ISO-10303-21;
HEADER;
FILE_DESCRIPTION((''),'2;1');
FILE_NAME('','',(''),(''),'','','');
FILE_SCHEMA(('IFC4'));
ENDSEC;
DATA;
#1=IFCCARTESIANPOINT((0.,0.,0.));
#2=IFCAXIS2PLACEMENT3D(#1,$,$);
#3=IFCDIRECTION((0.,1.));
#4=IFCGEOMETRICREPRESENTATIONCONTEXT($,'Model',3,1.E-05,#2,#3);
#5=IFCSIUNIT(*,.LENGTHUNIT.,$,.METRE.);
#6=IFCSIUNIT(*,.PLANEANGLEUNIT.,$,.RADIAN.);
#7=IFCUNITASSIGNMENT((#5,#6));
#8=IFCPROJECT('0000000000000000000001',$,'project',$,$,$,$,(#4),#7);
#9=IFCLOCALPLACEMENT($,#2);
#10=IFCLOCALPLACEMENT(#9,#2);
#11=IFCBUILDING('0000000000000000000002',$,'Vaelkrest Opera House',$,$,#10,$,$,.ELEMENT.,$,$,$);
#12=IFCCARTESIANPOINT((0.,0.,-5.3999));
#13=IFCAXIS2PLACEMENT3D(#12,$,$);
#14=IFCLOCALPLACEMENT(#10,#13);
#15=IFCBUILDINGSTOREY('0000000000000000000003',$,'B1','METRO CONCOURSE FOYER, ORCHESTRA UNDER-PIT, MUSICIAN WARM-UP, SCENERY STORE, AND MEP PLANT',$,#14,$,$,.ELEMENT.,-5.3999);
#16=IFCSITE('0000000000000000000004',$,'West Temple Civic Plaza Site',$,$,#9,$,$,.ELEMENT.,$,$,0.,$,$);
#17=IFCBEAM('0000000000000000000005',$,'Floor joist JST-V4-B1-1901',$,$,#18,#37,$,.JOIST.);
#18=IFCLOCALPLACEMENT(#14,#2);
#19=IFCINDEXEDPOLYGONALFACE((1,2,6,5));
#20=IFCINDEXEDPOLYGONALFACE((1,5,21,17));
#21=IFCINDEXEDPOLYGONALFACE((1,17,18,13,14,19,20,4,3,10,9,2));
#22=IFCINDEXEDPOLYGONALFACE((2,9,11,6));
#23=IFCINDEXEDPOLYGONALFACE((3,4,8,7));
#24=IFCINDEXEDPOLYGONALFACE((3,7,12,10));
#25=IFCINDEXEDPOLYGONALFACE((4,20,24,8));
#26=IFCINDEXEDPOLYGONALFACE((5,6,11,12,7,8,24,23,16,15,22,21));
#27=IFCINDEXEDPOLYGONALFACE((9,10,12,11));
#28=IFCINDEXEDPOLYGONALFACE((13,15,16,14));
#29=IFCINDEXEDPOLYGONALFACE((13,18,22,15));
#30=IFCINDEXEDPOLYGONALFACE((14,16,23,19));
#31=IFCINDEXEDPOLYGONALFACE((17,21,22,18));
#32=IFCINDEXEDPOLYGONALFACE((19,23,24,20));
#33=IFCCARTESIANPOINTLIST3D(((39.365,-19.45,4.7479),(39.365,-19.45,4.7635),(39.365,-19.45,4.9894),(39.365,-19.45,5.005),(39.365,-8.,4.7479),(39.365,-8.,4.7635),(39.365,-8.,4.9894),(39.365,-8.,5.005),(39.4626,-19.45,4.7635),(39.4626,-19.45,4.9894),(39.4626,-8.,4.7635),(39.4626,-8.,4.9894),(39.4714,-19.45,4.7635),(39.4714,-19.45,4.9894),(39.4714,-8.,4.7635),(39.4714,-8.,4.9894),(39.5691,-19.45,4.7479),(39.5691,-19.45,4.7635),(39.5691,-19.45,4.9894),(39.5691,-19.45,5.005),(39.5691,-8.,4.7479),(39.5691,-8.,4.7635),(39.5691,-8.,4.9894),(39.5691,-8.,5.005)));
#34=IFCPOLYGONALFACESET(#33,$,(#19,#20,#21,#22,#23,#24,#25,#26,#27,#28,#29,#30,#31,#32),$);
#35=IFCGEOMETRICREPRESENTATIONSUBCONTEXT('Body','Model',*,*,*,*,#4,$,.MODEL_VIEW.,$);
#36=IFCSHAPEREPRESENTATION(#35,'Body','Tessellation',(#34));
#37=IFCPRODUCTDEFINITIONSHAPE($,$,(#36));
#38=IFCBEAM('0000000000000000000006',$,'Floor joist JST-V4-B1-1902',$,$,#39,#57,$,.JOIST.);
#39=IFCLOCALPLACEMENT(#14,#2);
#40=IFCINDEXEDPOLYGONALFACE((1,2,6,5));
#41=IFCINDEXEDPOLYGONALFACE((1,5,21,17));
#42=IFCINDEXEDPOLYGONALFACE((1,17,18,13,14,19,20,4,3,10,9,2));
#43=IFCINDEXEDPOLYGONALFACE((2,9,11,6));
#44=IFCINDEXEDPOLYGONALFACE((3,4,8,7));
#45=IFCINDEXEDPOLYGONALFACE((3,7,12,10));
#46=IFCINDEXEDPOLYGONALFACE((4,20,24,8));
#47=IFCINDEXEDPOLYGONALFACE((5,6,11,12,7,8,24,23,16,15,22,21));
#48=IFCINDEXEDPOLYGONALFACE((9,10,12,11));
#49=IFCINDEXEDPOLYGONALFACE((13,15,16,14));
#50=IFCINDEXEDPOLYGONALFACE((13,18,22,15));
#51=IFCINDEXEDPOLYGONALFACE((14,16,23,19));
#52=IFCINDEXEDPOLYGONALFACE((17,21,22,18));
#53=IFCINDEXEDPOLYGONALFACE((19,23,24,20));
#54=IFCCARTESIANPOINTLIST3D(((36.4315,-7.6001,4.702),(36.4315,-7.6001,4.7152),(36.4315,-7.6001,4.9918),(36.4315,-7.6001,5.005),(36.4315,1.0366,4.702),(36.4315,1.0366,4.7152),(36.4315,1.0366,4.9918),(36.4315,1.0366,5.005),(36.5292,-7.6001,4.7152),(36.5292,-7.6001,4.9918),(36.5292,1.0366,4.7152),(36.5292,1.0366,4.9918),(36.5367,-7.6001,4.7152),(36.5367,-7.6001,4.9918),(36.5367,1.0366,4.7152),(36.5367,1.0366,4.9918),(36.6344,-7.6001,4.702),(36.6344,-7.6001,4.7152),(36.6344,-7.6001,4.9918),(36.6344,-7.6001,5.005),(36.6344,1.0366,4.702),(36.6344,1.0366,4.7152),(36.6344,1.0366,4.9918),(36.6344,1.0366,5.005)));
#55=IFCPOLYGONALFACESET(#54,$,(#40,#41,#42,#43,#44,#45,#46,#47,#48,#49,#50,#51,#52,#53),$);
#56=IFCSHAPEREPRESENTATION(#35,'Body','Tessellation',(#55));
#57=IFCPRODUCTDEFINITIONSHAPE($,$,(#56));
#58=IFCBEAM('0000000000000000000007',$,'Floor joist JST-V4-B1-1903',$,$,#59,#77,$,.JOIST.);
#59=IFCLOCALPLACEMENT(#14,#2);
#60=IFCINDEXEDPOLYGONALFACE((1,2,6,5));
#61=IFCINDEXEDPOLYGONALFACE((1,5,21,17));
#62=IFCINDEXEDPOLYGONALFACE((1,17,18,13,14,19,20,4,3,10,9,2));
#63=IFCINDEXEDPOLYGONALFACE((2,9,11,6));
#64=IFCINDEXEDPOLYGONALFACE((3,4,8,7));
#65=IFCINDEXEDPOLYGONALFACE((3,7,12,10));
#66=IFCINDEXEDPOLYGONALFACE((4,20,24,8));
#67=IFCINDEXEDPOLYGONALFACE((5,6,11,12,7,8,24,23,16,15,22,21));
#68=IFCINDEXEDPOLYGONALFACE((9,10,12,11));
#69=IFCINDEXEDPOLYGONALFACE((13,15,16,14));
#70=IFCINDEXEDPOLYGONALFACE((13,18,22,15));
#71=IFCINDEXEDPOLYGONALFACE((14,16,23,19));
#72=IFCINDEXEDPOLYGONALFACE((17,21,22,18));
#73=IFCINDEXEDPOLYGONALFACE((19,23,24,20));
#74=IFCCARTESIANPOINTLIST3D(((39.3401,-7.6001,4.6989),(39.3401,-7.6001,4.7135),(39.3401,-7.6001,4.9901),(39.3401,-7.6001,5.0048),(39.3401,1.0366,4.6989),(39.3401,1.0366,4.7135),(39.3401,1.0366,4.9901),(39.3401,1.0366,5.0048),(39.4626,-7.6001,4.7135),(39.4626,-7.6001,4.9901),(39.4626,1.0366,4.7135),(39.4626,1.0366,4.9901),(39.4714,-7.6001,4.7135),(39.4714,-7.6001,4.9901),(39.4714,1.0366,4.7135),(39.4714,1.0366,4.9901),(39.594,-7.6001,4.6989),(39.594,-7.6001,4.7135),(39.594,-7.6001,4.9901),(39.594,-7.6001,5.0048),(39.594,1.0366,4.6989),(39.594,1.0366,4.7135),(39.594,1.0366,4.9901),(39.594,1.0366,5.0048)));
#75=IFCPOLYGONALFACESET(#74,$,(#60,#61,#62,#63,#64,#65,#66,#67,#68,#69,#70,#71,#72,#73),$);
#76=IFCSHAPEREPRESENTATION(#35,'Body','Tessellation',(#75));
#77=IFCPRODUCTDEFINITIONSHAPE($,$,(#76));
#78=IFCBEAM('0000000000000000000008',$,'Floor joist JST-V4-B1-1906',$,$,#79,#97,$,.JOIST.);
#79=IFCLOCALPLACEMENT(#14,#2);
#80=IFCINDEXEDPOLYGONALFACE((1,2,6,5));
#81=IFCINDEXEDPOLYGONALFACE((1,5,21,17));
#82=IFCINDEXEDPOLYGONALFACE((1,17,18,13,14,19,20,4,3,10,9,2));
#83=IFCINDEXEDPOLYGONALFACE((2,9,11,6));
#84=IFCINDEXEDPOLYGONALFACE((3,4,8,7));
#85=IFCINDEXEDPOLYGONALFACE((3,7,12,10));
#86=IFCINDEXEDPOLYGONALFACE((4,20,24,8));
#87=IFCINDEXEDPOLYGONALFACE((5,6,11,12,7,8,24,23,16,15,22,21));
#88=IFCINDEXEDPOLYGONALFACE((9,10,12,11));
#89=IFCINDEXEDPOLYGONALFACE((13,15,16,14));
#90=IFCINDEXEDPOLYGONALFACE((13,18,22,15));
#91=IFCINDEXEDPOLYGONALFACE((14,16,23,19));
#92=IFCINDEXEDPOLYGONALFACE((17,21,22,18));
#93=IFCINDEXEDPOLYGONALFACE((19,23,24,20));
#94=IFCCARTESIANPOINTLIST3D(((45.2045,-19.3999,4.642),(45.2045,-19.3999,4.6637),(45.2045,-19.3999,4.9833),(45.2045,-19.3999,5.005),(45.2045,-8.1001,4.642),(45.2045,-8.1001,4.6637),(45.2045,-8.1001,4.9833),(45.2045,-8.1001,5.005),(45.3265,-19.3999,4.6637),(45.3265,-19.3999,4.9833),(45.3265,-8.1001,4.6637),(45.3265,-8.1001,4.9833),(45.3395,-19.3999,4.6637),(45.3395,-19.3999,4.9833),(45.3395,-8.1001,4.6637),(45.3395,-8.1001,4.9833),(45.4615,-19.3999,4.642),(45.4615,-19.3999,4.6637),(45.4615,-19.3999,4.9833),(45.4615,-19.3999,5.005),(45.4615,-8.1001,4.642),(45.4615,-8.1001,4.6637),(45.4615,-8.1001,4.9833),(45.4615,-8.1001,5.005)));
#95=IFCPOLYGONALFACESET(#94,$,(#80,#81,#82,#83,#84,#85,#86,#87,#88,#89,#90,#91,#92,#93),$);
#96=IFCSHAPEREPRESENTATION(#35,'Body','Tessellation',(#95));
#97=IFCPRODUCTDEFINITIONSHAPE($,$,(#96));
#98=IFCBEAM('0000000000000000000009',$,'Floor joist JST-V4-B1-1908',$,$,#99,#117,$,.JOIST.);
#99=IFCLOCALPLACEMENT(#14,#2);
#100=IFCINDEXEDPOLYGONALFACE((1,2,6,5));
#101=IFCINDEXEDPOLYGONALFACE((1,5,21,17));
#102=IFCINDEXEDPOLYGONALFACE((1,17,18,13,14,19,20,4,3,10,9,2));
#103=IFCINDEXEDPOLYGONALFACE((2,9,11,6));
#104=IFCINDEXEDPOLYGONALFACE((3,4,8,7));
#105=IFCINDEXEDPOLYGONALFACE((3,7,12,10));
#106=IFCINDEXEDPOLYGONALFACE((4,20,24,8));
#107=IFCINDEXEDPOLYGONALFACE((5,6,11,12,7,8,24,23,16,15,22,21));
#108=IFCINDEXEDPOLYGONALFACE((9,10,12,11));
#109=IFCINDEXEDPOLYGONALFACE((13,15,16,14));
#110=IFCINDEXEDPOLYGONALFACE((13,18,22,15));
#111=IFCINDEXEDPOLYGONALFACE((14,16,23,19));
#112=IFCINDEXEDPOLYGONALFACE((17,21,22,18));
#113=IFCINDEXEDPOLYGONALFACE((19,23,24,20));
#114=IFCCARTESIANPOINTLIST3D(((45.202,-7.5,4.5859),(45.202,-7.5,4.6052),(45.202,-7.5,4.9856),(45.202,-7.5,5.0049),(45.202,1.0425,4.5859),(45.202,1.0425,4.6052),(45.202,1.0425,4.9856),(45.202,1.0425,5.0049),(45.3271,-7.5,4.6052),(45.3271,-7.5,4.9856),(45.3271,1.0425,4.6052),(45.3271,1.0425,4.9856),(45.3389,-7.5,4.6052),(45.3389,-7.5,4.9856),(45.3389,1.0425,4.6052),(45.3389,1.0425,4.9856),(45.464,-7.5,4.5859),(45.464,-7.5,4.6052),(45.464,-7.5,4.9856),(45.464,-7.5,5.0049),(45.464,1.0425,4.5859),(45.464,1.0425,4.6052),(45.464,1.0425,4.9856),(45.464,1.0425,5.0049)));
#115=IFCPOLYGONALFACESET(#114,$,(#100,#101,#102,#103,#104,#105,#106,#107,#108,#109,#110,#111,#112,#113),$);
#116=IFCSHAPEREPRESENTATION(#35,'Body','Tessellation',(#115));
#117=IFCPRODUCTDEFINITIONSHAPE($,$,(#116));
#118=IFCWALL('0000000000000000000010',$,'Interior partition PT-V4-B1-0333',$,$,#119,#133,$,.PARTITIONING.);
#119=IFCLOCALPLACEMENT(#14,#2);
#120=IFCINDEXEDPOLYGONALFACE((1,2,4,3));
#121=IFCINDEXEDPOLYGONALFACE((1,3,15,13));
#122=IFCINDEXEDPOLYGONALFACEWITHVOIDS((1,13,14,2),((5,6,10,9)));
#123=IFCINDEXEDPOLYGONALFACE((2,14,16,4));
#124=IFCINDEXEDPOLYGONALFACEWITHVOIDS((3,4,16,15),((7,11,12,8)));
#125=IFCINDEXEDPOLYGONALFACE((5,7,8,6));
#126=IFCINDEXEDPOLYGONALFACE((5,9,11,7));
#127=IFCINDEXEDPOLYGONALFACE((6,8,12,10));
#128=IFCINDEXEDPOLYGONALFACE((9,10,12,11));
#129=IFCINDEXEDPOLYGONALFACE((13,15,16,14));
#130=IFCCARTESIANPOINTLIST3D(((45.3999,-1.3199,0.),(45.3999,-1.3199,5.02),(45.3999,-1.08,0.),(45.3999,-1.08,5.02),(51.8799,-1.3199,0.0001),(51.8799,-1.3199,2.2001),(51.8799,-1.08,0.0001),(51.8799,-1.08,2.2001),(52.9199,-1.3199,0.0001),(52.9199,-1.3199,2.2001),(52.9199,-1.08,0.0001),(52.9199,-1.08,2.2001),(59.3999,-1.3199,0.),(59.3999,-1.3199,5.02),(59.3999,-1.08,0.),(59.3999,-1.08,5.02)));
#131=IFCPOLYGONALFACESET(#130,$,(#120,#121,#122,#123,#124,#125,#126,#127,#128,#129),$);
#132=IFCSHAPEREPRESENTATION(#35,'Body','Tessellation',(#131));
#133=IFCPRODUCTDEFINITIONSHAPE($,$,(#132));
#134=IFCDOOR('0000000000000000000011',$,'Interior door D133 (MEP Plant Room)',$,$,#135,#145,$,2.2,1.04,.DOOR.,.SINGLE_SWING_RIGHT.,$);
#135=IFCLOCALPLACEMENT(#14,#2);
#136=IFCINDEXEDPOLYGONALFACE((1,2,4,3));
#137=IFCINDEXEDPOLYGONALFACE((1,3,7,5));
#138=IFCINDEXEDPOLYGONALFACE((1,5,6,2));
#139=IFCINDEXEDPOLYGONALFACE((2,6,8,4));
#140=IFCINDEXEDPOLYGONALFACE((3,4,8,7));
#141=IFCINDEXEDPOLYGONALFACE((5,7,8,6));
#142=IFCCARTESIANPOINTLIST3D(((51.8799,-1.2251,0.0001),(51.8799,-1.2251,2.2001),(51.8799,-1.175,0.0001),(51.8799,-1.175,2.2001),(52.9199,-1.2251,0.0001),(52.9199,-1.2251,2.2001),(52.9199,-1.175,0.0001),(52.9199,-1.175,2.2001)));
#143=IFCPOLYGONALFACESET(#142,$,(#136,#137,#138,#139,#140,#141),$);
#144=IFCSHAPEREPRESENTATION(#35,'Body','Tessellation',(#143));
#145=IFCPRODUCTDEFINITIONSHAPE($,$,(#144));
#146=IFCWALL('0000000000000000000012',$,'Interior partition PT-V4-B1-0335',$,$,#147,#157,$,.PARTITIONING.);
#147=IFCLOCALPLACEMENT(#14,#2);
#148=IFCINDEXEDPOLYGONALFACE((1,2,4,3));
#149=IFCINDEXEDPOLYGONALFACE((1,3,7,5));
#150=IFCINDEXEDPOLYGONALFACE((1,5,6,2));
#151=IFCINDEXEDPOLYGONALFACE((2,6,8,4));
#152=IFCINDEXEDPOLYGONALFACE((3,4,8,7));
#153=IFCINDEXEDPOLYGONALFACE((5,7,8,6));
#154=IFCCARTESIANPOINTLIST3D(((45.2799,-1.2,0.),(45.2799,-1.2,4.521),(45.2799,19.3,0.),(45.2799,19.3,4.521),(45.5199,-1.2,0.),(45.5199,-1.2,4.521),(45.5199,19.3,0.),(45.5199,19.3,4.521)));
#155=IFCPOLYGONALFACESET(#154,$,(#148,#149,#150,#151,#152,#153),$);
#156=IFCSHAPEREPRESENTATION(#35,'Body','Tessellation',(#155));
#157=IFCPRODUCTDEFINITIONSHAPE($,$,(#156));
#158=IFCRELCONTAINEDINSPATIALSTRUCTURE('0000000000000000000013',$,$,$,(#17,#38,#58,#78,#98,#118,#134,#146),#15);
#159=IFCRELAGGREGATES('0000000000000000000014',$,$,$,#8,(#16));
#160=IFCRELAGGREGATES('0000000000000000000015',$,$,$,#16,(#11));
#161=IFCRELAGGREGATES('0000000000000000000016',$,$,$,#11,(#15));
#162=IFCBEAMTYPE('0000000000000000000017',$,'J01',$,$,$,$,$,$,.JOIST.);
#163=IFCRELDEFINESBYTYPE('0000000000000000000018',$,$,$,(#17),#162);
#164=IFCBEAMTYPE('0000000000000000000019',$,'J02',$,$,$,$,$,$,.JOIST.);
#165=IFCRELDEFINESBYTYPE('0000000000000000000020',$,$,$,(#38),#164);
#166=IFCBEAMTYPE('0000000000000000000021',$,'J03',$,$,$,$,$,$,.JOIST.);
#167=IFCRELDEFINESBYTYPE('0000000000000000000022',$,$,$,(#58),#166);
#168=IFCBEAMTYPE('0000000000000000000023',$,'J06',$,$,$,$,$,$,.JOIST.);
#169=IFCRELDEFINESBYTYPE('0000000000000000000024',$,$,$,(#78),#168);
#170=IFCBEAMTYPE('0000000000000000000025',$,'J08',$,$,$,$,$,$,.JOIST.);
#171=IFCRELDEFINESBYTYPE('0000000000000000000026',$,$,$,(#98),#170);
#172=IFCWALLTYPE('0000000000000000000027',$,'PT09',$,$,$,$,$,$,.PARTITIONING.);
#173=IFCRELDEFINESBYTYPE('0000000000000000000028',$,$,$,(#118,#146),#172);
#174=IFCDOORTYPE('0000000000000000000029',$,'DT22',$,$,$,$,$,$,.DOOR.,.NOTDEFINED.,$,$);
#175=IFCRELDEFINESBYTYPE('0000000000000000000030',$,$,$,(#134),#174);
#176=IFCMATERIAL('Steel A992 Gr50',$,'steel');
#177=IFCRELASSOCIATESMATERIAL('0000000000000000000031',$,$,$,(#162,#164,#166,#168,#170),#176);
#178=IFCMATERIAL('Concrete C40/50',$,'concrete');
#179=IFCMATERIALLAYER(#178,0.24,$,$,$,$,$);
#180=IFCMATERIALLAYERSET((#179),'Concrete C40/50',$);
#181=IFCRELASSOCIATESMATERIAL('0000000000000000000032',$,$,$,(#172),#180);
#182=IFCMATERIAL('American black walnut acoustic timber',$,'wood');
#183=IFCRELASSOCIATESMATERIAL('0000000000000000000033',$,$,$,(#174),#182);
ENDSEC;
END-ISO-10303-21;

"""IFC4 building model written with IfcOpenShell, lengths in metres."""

from ifc_helpers import new_model, si_unit, direction, frame, frame_2d, origin, origin_2d, place, context, subcontext, project, spatial, rectangle, i_section, extrude, material, layer, layer_set, material_profile, profile_set, type_object, element, fill, save


model = new_model("IFC4")

# Units and contexts
model_context = context("Model", 3, precision=1e-05, world=origin(), true_north=direction((0.0, 1.0)))
body_context = subcontext(model_context, "Body", "Model", "MODEL_VIEW")
ifc_project = project(units=[si_unit("LENGTHUNIT", "METRE"), si_unit("PLANEANGLEUNIT", "RADIAN")], contexts=[model_context])

# Site, building, storey
site_placement = place(None, origin())
site = spatial("IfcSite", under=ifc_project, at=site_placement, Name="West Temple Civic Plaza Site", CompositionType="ELEMENT", RefElevation=0.0)
building_placement = place(site_placement, origin())
building = spatial("IfcBuilding", under=site, at=building_placement, Name="Vaelkrest Opera House", CompositionType="ELEMENT")
storey_placement = place(building_placement, frame((0.0, 0.0, -5.3999)))
storey = spatial("IfcBuildingStorey", under=building, at=storey_placement, Name="B1", Description="METRO CONCOURSE FOYER, ORCHESTRA UNDER-PIT, MUSICIAN WARM-UP, SCENERY STORE, AND MEP PLANT", CompositionType="ELEMENT", Elevation=-5.3999)

# Shared definitions
ifc_material_1 = material(Name="Concrete C40/50", Category="concrete")

# Beams
ifc_material_2 = material(Name="Steel A992 Gr50", Category="steel")
ifc_material_profile_1 = material_profile(ifc_material_2, i_section(OverallWidth=0.2041, OverallDepth=0.2571, WebThickness=0.0088, FlangeThickness=0.0156, at=origin_2d()), Name="W10X45")
ifc_profile_set_1 = profile_set([ifc_material_profile_1], Name="Steel A992 Gr50")
beam_type_1 = type_object("IfcBeamType", Name="J01", PredefinedType="JOIST", material=ifc_profile_set_1)
beam_1_placement = place(storey_placement, frame((39.467, -19.45, 4.8765), z_axis=(0.0, 1.0, 0.0), x_axis=(-1.0, 0.0, 0.0)))
element("IfcBeam", 1, at=beam_1_placement, inside=storey, type_object=beam_type_1, Name="Floor joist JST-V4-B1-1901", PredefinedType="JOIST", context=body_context, shape_type="SweptSolid", body=[
    extrude(i_section(OverallWidth=0.2041, OverallDepth=0.2571, WebThickness=0.0088, FlangeThickness=0.0156, at=origin_2d()), origin(), (0.0, 0.0, 1.0), 11.45),
])
ifc_material_profile_2 = material_profile(ifc_material_2, i_section(OverallWidth=0.2029, OverallDepth=0.303, WebThickness=0.0076, FlangeThickness=0.0132, at=origin_2d()), Name="W12X40")
ifc_profile_set_2 = profile_set([ifc_material_profile_2], Name="Steel A992 Gr50")
beam_type_2 = type_object("IfcBeamType", Name="J02", PredefinedType="JOIST", material=ifc_profile_set_2)
beam_2_placement = place(storey_placement, frame((36.533, -7.6001, 4.8535), z_axis=(0.0, 1.0, 0.0), x_axis=(-1.0, 0.0, 0.0)))
element("IfcBeam", 2, at=beam_2_placement, inside=storey, type_object=beam_type_2, Name="Floor joist JST-V4-B1-1902", PredefinedType="JOIST", context=body_context, shape_type="SweptSolid", body=[
    extrude(i_section(OverallWidth=0.2029, OverallDepth=0.303, WebThickness=0.0076, FlangeThickness=0.0132, at=origin_2d()), origin(), (0.0, 0.0, 1.0), 8.6367),
])
ifc_material_profile_3 = material_profile(ifc_material_2, i_section(OverallWidth=0.2539, OverallDepth=0.3059, WebThickness=0.0088, FlangeThickness=0.0146, at=origin_2d()), Name="W12X53")
ifc_profile_set_3 = profile_set([ifc_material_profile_3], Name="Steel A992 Gr50")
beam_type_3 = type_object("IfcBeamType", Name="J03", PredefinedType="JOIST", material=ifc_profile_set_3)
beam_3_placement = place(storey_placement, frame((39.467, -7.6001, 4.8518), z_axis=(0.0, 1.0, 0.0), x_axis=(-1.0, 0.0, 0.0)))
element("IfcBeam", 3, at=beam_3_placement, inside=storey, type_object=beam_type_3, Name="Floor joist JST-V4-B1-1903", PredefinedType="JOIST", context=body_context, shape_type="SweptSolid", body=[
    extrude(i_section(OverallWidth=0.2539, OverallDepth=0.3059, WebThickness=0.0088, FlangeThickness=0.0146, at=origin_2d()), origin(), (0.0, 0.0, 1.0), 8.6367),
])
ifc_material_profile_4 = material_profile(ifc_material_2, i_section(OverallWidth=0.2571, OverallDepth=0.363, WebThickness=0.0129, FlangeThickness=0.0217, at=origin_2d()), Name="W14X82")
ifc_profile_set_4 = profile_set([ifc_material_profile_4], Name="Steel A992 Gr50")
beam_type_4 = type_object("IfcBeamType", Name="J06", PredefinedType="JOIST", material=ifc_profile_set_4)
beam_4_placement = place(storey_placement, frame((45.333, -19.3999, 4.8235), z_axis=(0.0, 1.0, 0.0), x_axis=(-1.0, 0.0, 0.0)))
element("IfcBeam", 4, at=beam_4_placement, inside=storey, type_object=beam_type_4, Name="Floor joist JST-V4-B1-1906", PredefinedType="JOIST", context=body_context, shape_type="SweptSolid", body=[
    extrude(i_section(OverallWidth=0.2571, OverallDepth=0.363, WebThickness=0.0129, FlangeThickness=0.0217, at=origin_2d()), origin(), (0.0, 0.0, 1.0), 11.2998),
])
ifc_material_profile_5 = material_profile(ifc_material_2, i_section(OverallWidth=0.262, OverallDepth=0.4189, WebThickness=0.0117, FlangeThickness=0.0193, at=origin_2d()), Name="W16X77")
ifc_profile_set_5 = profile_set([ifc_material_profile_5], Name="Steel A992 Gr50")
beam_type_5 = type_object("IfcBeamType", Name="J08", PredefinedType="JOIST", material=ifc_profile_set_5)
beam_5_placement = place(storey_placement, frame((45.333, -7.5, 4.7954), z_axis=(0.0, 1.0, 0.0), x_axis=(-1.0, 0.0, 0.0)))
element("IfcBeam", 5, at=beam_5_placement, inside=storey, type_object=beam_type_5, Name="Floor joist JST-V4-B1-1908", PredefinedType="JOIST", context=body_context, shape_type="SweptSolid", body=[
    extrude(i_section(OverallWidth=0.262, OverallDepth=0.4189, WebThickness=0.0117, FlangeThickness=0.0193, at=origin_2d()), origin(), (0.0, 0.0, 1.0), 8.5425),
])

# Wall, opening, door
ifc_layer_1 = layer(ifc_material_1, 0.24)
ifc_layer_set_1 = layer_set([ifc_layer_1], Name="Concrete C40/50")
wall_type_1 = type_object("IfcWallType", Name="PT09", PredefinedType="PARTITIONING", material=ifc_layer_set_1)
wall_1_placement = place(storey_placement, frame((45.3999, -1.2, 0.0), z_axis=(0.0, 0.0, 1.0), x_axis=(1.0, 0.0, 0.0)))
wall_1 = element("IfcWall", 6, at=wall_1_placement, inside=storey, type_object=wall_type_1, Name="Interior partition PT-V4-B1-0333", PredefinedType="PARTITIONING", context=body_context, shape_type="SweptSolid", body=[
    extrude(rectangle(XDim=14.0, YDim=0.24, at=frame_2d((7.0, 0.0))), origin(), (0.0, 0.0, 1.0), 5.02),
])
opening_1_placement = place(wall_1_placement, frame((6.48, 0.0, 0.0)))
opening_1 = element("IfcOpeningElement", 7, at=opening_1_placement, cuts=wall_1, PredefinedType="OPENING", context=body_context, shape_type="SweptSolid", body=[
    extrude(rectangle(XDim=1.04, YDim=2.2, at=frame_2d((0.52, 1.1001))), frame((0.0, 0.1299, 0.0), z_axis=(0.0, -1.0, 0.0), x_axis=(1.0, 0.0, 0.0)), (0.0, 0.0, 1.0), 0.26),
])
ifc_material_3 = material(Name="American black walnut acoustic timber", Category="wood")
door_type_1 = type_object("IfcDoorType", Name="DT22", OperationType="NOTDEFINED", PredefinedType="DOOR", material=ifc_material_3)
door_1_placement = place(opening_1_placement, origin())
door_1 = element("IfcDoor", 8, at=door_1_placement, inside=storey, type_object=door_type_1, Name="Interior door D133 (MEP Plant Room)", OperationType="SINGLE_SWING_RIGHT", OverallHeight=2.2, OverallWidth=1.04, PredefinedType="DOOR", context=body_context, shape_type="SweptSolid", body=[
    extrude(rectangle(XDim=1.04, YDim=2.2, at=frame_2d((0.52, 1.1001))), frame((0.0, 0.0249, 0.0), z_axis=(0.0, -1.0, 0.0), x_axis=(1.0, 0.0, 0.0)), (0.0, 0.0, 1.0), 0.05),
])
fill(opening_1, door_1)

# Wall
wall_2_placement = place(storey_placement, frame((45.3999, -1.2, 0.0), z_axis=(0.0, 0.0, 1.0), x_axis=(0.0, 1.0, 0.0)))
element("IfcWall", 9, at=wall_2_placement, inside=storey, type_object=wall_type_1, Name="Interior partition PT-V4-B1-0335", PredefinedType="PARTITIONING", context=body_context, shape_type="SweptSolid", body=[
    extrude(rectangle(XDim=20.5, YDim=0.24, at=frame_2d((10.25, 0.0))), origin(), (0.0, 0.0, 1.0), 4.521),
])

save(model, "model.ifc")
